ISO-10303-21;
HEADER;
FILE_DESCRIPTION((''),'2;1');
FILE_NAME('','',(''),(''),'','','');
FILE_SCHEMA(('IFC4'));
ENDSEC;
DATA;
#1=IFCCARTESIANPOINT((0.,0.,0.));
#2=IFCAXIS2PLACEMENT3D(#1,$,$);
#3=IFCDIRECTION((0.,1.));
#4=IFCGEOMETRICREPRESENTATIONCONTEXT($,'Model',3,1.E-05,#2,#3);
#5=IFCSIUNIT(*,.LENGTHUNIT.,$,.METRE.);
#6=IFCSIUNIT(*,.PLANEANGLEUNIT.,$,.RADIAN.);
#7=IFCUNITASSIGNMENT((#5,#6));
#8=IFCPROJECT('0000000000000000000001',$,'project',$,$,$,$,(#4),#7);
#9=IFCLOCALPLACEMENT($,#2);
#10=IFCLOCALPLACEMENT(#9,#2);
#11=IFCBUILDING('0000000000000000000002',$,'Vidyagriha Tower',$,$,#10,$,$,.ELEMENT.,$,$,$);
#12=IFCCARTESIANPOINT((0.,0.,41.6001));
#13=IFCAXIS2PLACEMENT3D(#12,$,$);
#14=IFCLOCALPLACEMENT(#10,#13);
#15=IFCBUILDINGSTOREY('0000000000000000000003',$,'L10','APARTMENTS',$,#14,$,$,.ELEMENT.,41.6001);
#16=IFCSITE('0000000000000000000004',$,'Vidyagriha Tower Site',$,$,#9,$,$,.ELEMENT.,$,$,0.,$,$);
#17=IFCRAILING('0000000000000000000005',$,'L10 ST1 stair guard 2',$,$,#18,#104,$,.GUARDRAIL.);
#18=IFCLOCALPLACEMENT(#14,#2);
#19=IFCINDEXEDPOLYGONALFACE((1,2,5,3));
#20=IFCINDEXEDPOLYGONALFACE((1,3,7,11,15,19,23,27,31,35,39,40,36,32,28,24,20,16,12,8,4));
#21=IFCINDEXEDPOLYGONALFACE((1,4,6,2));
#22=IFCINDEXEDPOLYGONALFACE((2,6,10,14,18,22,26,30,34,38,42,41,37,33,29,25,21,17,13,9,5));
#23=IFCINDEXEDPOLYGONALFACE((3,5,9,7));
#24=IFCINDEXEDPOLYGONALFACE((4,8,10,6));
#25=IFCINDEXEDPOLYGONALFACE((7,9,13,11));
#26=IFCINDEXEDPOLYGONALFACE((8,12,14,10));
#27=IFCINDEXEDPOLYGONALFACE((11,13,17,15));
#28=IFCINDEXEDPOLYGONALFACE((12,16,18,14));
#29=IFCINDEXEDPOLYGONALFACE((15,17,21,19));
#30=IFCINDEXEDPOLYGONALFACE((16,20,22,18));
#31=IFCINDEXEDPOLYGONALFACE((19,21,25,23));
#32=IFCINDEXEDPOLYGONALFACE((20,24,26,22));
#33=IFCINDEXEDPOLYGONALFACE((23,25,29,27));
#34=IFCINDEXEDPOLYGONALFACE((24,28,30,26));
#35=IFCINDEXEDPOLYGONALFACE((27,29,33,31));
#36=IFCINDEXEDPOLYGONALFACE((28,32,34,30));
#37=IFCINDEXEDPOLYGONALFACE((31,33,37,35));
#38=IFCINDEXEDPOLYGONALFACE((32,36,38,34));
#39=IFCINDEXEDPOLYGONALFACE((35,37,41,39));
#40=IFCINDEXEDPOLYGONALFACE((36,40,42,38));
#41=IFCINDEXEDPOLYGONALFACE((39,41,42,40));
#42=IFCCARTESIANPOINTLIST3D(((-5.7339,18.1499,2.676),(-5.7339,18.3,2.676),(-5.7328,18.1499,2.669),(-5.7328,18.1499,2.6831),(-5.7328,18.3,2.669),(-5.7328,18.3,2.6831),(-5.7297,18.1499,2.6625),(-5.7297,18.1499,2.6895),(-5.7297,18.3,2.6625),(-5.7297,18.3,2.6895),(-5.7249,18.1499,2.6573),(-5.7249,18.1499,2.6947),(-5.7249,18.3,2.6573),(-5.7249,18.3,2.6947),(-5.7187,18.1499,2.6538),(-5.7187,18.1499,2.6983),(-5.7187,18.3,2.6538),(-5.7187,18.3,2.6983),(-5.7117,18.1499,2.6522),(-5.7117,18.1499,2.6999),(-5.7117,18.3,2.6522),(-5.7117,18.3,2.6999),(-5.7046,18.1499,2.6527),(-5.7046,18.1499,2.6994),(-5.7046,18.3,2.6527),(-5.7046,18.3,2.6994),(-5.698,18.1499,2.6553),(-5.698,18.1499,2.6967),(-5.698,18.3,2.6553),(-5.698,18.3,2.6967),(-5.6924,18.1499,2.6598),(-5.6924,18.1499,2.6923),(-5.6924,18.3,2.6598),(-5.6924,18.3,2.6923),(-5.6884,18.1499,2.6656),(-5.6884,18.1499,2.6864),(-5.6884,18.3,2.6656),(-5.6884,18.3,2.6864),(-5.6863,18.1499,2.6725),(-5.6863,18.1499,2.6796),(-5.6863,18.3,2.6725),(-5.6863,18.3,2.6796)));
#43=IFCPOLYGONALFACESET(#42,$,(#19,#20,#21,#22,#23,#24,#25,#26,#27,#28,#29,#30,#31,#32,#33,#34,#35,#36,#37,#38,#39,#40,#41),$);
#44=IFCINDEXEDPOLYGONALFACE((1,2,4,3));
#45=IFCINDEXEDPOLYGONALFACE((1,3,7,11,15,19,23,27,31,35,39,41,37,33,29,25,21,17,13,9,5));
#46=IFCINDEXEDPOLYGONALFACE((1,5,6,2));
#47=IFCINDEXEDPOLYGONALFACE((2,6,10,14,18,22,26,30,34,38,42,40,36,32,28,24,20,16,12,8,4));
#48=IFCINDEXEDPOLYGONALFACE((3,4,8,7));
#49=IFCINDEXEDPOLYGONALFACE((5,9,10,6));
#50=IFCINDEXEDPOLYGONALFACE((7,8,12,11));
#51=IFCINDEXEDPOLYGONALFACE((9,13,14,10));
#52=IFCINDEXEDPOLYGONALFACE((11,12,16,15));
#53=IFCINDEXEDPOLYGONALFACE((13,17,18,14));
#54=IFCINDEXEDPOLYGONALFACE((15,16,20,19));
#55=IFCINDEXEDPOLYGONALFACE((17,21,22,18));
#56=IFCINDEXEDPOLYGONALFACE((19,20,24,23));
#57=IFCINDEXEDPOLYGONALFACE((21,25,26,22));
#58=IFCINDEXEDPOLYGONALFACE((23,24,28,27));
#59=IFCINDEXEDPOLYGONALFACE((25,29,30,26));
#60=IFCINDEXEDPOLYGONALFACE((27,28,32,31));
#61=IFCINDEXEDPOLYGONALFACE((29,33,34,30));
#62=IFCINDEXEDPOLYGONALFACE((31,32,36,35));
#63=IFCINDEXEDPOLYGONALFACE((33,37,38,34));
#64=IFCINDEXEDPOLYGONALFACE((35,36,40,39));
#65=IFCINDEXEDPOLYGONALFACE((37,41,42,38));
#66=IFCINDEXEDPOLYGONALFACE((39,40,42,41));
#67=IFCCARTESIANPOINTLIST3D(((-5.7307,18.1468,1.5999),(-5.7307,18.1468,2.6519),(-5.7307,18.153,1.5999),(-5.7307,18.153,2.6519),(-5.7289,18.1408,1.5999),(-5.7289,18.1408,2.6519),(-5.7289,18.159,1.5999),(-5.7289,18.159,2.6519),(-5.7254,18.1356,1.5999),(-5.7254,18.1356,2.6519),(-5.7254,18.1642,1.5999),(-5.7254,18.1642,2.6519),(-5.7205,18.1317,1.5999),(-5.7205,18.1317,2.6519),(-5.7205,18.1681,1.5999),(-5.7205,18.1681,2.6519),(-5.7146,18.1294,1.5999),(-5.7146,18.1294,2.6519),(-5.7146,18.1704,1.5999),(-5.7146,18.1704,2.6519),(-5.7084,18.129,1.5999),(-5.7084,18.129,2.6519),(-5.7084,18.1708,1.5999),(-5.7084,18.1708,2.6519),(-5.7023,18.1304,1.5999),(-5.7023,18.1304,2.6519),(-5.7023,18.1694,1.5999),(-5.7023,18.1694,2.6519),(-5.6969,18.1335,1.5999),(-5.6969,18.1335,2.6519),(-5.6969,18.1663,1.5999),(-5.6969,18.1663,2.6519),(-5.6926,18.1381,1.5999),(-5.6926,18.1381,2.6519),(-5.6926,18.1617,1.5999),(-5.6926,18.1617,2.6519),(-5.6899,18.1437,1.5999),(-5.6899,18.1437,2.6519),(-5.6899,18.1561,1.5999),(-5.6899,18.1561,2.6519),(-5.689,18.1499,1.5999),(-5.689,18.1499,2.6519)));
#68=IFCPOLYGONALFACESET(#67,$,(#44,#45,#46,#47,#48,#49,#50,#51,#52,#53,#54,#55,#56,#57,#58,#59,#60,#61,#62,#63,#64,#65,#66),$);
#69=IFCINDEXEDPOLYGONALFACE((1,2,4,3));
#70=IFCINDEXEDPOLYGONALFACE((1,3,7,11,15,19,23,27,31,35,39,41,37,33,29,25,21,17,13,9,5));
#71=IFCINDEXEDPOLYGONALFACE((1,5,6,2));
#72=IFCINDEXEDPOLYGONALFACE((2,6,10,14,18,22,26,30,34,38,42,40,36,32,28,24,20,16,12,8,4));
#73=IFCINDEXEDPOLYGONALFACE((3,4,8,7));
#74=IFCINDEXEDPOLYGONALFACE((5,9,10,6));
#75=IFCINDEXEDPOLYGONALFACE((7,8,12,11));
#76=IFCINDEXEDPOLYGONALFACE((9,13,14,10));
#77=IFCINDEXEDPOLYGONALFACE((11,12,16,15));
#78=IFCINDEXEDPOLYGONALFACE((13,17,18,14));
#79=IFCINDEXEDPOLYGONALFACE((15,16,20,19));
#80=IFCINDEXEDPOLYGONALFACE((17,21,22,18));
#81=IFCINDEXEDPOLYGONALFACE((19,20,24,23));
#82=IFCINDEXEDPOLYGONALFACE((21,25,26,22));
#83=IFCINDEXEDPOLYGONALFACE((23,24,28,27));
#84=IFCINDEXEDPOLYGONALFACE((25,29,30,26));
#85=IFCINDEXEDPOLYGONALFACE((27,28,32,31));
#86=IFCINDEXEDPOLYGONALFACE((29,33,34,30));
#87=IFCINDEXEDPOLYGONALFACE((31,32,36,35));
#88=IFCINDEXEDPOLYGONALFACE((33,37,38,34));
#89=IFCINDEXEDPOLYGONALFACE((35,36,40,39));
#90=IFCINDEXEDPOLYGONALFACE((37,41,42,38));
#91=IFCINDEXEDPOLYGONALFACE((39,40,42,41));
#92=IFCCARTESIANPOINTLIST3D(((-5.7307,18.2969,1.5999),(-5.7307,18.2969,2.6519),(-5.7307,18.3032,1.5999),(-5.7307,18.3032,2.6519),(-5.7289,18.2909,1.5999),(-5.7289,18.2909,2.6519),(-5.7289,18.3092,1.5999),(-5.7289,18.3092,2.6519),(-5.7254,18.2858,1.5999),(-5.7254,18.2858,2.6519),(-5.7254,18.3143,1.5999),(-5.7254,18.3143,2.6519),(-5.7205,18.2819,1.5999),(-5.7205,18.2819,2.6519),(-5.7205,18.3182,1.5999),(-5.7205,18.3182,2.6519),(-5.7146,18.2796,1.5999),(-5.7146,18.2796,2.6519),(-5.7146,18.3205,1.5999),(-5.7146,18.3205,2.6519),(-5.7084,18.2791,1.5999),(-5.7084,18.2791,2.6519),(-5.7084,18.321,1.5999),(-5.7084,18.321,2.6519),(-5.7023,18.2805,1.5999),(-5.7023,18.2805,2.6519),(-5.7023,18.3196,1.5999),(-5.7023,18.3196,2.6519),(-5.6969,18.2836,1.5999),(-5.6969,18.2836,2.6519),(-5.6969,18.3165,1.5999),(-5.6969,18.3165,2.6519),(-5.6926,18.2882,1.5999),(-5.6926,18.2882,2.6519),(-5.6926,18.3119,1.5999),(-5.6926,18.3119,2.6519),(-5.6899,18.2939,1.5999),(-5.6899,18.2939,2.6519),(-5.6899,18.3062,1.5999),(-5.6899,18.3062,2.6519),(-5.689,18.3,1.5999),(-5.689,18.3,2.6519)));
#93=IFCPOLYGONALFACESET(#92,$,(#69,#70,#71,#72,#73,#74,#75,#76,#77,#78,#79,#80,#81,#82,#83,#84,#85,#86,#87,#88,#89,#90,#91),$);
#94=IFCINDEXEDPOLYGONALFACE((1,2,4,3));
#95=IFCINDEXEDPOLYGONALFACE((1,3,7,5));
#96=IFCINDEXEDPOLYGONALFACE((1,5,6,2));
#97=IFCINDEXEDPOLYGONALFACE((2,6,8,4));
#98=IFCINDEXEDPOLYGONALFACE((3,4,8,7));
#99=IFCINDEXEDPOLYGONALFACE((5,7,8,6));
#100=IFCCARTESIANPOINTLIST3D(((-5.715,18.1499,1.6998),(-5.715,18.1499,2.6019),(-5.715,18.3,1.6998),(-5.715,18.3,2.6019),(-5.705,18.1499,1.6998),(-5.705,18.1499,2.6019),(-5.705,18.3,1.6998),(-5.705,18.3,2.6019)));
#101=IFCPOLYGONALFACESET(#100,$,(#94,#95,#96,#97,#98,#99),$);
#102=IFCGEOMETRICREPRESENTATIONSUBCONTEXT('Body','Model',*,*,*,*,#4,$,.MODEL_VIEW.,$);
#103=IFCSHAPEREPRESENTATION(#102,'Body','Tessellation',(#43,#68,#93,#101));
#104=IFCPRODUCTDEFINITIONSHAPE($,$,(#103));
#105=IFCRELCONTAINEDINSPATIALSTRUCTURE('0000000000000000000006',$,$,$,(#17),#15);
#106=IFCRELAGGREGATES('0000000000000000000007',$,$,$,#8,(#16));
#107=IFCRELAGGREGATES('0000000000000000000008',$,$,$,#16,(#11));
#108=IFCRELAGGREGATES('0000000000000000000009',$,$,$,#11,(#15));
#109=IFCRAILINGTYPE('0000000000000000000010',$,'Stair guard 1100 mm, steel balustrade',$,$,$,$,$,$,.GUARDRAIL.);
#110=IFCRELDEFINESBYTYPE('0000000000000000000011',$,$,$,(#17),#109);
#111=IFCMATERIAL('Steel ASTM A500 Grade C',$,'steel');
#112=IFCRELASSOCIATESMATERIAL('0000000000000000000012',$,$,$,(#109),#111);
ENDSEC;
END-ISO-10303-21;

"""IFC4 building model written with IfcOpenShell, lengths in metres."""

from ifc_helpers import new_model, si_unit, direction, frame, origin, origin_2d, place, context, subcontext, project, spatial, rectangle, circle, extrude, material, type_object, element, save


model = new_model("IFC4")

# Units and contexts
model_context = context("Model", 3, precision=1e-05, world=origin(), true_north=direction((0.0, 1.0)))
body_context = subcontext(model_context, "Body", "Model", "MODEL_VIEW")
ifc_project = project(units=[si_unit("LENGTHUNIT", "METRE"), si_unit("PLANEANGLEUNIT", "RADIAN")], contexts=[model_context])

# Site, building, storey
site_placement = place(None, origin())
site = spatial("IfcSite", under=ifc_project, at=site_placement, Name="Vidyagriha Tower Site", CompositionType="ELEMENT", RefElevation=0.0)
building_placement = place(site_placement, origin())
building = spatial("IfcBuilding", under=site, at=building_placement, Name="Vidyagriha Tower", CompositionType="ELEMENT")
storey_placement = place(building_placement, frame((0.0, 0.0, 41.6001)))
storey = spatial("IfcBuildingStorey", under=building, at=storey_placement, Name="L10", Description="APARTMENTS", CompositionType="ELEMENT", Elevation=41.6001)

# Railing
ifc_material_1 = material(Name="Steel ASTM A500 Grade C", Category="steel")
railing_type_1 = type_object("IfcRailingType", Name="Stair guard 1100 mm, steel balustrade", PredefinedType="GUARDRAIL", material=ifc_material_1)
railing_1_placement = place(storey_placement, frame((-5.71, 18.1499, 1.5999)))
element("IfcRailing", 1, at=railing_1_placement, inside=storey, type_object=railing_type_1, Name="L10 ST1 stair guard 2", PredefinedType="GUARDRAIL", context=body_context, shape_type="SweptSolid", body=[
    extrude(circle(Radius=0.0239, at=origin_2d()), frame((0.0, 0.0, 1.0762), z_axis=(0.0, 1.0, 0.0), x_axis=(-1.0, 0.0, 0.0)), (0.0, 0.0, 1.0), 0.1501),
    extrude(circle(Radius=0.021, at=origin_2d()), origin(), (0.0, 0.0, 1.0), 1.052),
    extrude(circle(Radius=0.021, at=origin_2d()), frame((0.0, 0.1501, 0.0)), (0.0, 0.0, 1.0), 1.052),
    extrude(rectangle(XDim=0.01, YDim=0.9021, at=origin_2d()), frame((0.0, 0.0, 0.551), z_axis=(0.0, 1.0, 0.0), x_axis=(-1.0, 0.0, 0.0)), (0.0, 0.0, 1.0), 0.1501),
])

save(model, "model.ifc")
